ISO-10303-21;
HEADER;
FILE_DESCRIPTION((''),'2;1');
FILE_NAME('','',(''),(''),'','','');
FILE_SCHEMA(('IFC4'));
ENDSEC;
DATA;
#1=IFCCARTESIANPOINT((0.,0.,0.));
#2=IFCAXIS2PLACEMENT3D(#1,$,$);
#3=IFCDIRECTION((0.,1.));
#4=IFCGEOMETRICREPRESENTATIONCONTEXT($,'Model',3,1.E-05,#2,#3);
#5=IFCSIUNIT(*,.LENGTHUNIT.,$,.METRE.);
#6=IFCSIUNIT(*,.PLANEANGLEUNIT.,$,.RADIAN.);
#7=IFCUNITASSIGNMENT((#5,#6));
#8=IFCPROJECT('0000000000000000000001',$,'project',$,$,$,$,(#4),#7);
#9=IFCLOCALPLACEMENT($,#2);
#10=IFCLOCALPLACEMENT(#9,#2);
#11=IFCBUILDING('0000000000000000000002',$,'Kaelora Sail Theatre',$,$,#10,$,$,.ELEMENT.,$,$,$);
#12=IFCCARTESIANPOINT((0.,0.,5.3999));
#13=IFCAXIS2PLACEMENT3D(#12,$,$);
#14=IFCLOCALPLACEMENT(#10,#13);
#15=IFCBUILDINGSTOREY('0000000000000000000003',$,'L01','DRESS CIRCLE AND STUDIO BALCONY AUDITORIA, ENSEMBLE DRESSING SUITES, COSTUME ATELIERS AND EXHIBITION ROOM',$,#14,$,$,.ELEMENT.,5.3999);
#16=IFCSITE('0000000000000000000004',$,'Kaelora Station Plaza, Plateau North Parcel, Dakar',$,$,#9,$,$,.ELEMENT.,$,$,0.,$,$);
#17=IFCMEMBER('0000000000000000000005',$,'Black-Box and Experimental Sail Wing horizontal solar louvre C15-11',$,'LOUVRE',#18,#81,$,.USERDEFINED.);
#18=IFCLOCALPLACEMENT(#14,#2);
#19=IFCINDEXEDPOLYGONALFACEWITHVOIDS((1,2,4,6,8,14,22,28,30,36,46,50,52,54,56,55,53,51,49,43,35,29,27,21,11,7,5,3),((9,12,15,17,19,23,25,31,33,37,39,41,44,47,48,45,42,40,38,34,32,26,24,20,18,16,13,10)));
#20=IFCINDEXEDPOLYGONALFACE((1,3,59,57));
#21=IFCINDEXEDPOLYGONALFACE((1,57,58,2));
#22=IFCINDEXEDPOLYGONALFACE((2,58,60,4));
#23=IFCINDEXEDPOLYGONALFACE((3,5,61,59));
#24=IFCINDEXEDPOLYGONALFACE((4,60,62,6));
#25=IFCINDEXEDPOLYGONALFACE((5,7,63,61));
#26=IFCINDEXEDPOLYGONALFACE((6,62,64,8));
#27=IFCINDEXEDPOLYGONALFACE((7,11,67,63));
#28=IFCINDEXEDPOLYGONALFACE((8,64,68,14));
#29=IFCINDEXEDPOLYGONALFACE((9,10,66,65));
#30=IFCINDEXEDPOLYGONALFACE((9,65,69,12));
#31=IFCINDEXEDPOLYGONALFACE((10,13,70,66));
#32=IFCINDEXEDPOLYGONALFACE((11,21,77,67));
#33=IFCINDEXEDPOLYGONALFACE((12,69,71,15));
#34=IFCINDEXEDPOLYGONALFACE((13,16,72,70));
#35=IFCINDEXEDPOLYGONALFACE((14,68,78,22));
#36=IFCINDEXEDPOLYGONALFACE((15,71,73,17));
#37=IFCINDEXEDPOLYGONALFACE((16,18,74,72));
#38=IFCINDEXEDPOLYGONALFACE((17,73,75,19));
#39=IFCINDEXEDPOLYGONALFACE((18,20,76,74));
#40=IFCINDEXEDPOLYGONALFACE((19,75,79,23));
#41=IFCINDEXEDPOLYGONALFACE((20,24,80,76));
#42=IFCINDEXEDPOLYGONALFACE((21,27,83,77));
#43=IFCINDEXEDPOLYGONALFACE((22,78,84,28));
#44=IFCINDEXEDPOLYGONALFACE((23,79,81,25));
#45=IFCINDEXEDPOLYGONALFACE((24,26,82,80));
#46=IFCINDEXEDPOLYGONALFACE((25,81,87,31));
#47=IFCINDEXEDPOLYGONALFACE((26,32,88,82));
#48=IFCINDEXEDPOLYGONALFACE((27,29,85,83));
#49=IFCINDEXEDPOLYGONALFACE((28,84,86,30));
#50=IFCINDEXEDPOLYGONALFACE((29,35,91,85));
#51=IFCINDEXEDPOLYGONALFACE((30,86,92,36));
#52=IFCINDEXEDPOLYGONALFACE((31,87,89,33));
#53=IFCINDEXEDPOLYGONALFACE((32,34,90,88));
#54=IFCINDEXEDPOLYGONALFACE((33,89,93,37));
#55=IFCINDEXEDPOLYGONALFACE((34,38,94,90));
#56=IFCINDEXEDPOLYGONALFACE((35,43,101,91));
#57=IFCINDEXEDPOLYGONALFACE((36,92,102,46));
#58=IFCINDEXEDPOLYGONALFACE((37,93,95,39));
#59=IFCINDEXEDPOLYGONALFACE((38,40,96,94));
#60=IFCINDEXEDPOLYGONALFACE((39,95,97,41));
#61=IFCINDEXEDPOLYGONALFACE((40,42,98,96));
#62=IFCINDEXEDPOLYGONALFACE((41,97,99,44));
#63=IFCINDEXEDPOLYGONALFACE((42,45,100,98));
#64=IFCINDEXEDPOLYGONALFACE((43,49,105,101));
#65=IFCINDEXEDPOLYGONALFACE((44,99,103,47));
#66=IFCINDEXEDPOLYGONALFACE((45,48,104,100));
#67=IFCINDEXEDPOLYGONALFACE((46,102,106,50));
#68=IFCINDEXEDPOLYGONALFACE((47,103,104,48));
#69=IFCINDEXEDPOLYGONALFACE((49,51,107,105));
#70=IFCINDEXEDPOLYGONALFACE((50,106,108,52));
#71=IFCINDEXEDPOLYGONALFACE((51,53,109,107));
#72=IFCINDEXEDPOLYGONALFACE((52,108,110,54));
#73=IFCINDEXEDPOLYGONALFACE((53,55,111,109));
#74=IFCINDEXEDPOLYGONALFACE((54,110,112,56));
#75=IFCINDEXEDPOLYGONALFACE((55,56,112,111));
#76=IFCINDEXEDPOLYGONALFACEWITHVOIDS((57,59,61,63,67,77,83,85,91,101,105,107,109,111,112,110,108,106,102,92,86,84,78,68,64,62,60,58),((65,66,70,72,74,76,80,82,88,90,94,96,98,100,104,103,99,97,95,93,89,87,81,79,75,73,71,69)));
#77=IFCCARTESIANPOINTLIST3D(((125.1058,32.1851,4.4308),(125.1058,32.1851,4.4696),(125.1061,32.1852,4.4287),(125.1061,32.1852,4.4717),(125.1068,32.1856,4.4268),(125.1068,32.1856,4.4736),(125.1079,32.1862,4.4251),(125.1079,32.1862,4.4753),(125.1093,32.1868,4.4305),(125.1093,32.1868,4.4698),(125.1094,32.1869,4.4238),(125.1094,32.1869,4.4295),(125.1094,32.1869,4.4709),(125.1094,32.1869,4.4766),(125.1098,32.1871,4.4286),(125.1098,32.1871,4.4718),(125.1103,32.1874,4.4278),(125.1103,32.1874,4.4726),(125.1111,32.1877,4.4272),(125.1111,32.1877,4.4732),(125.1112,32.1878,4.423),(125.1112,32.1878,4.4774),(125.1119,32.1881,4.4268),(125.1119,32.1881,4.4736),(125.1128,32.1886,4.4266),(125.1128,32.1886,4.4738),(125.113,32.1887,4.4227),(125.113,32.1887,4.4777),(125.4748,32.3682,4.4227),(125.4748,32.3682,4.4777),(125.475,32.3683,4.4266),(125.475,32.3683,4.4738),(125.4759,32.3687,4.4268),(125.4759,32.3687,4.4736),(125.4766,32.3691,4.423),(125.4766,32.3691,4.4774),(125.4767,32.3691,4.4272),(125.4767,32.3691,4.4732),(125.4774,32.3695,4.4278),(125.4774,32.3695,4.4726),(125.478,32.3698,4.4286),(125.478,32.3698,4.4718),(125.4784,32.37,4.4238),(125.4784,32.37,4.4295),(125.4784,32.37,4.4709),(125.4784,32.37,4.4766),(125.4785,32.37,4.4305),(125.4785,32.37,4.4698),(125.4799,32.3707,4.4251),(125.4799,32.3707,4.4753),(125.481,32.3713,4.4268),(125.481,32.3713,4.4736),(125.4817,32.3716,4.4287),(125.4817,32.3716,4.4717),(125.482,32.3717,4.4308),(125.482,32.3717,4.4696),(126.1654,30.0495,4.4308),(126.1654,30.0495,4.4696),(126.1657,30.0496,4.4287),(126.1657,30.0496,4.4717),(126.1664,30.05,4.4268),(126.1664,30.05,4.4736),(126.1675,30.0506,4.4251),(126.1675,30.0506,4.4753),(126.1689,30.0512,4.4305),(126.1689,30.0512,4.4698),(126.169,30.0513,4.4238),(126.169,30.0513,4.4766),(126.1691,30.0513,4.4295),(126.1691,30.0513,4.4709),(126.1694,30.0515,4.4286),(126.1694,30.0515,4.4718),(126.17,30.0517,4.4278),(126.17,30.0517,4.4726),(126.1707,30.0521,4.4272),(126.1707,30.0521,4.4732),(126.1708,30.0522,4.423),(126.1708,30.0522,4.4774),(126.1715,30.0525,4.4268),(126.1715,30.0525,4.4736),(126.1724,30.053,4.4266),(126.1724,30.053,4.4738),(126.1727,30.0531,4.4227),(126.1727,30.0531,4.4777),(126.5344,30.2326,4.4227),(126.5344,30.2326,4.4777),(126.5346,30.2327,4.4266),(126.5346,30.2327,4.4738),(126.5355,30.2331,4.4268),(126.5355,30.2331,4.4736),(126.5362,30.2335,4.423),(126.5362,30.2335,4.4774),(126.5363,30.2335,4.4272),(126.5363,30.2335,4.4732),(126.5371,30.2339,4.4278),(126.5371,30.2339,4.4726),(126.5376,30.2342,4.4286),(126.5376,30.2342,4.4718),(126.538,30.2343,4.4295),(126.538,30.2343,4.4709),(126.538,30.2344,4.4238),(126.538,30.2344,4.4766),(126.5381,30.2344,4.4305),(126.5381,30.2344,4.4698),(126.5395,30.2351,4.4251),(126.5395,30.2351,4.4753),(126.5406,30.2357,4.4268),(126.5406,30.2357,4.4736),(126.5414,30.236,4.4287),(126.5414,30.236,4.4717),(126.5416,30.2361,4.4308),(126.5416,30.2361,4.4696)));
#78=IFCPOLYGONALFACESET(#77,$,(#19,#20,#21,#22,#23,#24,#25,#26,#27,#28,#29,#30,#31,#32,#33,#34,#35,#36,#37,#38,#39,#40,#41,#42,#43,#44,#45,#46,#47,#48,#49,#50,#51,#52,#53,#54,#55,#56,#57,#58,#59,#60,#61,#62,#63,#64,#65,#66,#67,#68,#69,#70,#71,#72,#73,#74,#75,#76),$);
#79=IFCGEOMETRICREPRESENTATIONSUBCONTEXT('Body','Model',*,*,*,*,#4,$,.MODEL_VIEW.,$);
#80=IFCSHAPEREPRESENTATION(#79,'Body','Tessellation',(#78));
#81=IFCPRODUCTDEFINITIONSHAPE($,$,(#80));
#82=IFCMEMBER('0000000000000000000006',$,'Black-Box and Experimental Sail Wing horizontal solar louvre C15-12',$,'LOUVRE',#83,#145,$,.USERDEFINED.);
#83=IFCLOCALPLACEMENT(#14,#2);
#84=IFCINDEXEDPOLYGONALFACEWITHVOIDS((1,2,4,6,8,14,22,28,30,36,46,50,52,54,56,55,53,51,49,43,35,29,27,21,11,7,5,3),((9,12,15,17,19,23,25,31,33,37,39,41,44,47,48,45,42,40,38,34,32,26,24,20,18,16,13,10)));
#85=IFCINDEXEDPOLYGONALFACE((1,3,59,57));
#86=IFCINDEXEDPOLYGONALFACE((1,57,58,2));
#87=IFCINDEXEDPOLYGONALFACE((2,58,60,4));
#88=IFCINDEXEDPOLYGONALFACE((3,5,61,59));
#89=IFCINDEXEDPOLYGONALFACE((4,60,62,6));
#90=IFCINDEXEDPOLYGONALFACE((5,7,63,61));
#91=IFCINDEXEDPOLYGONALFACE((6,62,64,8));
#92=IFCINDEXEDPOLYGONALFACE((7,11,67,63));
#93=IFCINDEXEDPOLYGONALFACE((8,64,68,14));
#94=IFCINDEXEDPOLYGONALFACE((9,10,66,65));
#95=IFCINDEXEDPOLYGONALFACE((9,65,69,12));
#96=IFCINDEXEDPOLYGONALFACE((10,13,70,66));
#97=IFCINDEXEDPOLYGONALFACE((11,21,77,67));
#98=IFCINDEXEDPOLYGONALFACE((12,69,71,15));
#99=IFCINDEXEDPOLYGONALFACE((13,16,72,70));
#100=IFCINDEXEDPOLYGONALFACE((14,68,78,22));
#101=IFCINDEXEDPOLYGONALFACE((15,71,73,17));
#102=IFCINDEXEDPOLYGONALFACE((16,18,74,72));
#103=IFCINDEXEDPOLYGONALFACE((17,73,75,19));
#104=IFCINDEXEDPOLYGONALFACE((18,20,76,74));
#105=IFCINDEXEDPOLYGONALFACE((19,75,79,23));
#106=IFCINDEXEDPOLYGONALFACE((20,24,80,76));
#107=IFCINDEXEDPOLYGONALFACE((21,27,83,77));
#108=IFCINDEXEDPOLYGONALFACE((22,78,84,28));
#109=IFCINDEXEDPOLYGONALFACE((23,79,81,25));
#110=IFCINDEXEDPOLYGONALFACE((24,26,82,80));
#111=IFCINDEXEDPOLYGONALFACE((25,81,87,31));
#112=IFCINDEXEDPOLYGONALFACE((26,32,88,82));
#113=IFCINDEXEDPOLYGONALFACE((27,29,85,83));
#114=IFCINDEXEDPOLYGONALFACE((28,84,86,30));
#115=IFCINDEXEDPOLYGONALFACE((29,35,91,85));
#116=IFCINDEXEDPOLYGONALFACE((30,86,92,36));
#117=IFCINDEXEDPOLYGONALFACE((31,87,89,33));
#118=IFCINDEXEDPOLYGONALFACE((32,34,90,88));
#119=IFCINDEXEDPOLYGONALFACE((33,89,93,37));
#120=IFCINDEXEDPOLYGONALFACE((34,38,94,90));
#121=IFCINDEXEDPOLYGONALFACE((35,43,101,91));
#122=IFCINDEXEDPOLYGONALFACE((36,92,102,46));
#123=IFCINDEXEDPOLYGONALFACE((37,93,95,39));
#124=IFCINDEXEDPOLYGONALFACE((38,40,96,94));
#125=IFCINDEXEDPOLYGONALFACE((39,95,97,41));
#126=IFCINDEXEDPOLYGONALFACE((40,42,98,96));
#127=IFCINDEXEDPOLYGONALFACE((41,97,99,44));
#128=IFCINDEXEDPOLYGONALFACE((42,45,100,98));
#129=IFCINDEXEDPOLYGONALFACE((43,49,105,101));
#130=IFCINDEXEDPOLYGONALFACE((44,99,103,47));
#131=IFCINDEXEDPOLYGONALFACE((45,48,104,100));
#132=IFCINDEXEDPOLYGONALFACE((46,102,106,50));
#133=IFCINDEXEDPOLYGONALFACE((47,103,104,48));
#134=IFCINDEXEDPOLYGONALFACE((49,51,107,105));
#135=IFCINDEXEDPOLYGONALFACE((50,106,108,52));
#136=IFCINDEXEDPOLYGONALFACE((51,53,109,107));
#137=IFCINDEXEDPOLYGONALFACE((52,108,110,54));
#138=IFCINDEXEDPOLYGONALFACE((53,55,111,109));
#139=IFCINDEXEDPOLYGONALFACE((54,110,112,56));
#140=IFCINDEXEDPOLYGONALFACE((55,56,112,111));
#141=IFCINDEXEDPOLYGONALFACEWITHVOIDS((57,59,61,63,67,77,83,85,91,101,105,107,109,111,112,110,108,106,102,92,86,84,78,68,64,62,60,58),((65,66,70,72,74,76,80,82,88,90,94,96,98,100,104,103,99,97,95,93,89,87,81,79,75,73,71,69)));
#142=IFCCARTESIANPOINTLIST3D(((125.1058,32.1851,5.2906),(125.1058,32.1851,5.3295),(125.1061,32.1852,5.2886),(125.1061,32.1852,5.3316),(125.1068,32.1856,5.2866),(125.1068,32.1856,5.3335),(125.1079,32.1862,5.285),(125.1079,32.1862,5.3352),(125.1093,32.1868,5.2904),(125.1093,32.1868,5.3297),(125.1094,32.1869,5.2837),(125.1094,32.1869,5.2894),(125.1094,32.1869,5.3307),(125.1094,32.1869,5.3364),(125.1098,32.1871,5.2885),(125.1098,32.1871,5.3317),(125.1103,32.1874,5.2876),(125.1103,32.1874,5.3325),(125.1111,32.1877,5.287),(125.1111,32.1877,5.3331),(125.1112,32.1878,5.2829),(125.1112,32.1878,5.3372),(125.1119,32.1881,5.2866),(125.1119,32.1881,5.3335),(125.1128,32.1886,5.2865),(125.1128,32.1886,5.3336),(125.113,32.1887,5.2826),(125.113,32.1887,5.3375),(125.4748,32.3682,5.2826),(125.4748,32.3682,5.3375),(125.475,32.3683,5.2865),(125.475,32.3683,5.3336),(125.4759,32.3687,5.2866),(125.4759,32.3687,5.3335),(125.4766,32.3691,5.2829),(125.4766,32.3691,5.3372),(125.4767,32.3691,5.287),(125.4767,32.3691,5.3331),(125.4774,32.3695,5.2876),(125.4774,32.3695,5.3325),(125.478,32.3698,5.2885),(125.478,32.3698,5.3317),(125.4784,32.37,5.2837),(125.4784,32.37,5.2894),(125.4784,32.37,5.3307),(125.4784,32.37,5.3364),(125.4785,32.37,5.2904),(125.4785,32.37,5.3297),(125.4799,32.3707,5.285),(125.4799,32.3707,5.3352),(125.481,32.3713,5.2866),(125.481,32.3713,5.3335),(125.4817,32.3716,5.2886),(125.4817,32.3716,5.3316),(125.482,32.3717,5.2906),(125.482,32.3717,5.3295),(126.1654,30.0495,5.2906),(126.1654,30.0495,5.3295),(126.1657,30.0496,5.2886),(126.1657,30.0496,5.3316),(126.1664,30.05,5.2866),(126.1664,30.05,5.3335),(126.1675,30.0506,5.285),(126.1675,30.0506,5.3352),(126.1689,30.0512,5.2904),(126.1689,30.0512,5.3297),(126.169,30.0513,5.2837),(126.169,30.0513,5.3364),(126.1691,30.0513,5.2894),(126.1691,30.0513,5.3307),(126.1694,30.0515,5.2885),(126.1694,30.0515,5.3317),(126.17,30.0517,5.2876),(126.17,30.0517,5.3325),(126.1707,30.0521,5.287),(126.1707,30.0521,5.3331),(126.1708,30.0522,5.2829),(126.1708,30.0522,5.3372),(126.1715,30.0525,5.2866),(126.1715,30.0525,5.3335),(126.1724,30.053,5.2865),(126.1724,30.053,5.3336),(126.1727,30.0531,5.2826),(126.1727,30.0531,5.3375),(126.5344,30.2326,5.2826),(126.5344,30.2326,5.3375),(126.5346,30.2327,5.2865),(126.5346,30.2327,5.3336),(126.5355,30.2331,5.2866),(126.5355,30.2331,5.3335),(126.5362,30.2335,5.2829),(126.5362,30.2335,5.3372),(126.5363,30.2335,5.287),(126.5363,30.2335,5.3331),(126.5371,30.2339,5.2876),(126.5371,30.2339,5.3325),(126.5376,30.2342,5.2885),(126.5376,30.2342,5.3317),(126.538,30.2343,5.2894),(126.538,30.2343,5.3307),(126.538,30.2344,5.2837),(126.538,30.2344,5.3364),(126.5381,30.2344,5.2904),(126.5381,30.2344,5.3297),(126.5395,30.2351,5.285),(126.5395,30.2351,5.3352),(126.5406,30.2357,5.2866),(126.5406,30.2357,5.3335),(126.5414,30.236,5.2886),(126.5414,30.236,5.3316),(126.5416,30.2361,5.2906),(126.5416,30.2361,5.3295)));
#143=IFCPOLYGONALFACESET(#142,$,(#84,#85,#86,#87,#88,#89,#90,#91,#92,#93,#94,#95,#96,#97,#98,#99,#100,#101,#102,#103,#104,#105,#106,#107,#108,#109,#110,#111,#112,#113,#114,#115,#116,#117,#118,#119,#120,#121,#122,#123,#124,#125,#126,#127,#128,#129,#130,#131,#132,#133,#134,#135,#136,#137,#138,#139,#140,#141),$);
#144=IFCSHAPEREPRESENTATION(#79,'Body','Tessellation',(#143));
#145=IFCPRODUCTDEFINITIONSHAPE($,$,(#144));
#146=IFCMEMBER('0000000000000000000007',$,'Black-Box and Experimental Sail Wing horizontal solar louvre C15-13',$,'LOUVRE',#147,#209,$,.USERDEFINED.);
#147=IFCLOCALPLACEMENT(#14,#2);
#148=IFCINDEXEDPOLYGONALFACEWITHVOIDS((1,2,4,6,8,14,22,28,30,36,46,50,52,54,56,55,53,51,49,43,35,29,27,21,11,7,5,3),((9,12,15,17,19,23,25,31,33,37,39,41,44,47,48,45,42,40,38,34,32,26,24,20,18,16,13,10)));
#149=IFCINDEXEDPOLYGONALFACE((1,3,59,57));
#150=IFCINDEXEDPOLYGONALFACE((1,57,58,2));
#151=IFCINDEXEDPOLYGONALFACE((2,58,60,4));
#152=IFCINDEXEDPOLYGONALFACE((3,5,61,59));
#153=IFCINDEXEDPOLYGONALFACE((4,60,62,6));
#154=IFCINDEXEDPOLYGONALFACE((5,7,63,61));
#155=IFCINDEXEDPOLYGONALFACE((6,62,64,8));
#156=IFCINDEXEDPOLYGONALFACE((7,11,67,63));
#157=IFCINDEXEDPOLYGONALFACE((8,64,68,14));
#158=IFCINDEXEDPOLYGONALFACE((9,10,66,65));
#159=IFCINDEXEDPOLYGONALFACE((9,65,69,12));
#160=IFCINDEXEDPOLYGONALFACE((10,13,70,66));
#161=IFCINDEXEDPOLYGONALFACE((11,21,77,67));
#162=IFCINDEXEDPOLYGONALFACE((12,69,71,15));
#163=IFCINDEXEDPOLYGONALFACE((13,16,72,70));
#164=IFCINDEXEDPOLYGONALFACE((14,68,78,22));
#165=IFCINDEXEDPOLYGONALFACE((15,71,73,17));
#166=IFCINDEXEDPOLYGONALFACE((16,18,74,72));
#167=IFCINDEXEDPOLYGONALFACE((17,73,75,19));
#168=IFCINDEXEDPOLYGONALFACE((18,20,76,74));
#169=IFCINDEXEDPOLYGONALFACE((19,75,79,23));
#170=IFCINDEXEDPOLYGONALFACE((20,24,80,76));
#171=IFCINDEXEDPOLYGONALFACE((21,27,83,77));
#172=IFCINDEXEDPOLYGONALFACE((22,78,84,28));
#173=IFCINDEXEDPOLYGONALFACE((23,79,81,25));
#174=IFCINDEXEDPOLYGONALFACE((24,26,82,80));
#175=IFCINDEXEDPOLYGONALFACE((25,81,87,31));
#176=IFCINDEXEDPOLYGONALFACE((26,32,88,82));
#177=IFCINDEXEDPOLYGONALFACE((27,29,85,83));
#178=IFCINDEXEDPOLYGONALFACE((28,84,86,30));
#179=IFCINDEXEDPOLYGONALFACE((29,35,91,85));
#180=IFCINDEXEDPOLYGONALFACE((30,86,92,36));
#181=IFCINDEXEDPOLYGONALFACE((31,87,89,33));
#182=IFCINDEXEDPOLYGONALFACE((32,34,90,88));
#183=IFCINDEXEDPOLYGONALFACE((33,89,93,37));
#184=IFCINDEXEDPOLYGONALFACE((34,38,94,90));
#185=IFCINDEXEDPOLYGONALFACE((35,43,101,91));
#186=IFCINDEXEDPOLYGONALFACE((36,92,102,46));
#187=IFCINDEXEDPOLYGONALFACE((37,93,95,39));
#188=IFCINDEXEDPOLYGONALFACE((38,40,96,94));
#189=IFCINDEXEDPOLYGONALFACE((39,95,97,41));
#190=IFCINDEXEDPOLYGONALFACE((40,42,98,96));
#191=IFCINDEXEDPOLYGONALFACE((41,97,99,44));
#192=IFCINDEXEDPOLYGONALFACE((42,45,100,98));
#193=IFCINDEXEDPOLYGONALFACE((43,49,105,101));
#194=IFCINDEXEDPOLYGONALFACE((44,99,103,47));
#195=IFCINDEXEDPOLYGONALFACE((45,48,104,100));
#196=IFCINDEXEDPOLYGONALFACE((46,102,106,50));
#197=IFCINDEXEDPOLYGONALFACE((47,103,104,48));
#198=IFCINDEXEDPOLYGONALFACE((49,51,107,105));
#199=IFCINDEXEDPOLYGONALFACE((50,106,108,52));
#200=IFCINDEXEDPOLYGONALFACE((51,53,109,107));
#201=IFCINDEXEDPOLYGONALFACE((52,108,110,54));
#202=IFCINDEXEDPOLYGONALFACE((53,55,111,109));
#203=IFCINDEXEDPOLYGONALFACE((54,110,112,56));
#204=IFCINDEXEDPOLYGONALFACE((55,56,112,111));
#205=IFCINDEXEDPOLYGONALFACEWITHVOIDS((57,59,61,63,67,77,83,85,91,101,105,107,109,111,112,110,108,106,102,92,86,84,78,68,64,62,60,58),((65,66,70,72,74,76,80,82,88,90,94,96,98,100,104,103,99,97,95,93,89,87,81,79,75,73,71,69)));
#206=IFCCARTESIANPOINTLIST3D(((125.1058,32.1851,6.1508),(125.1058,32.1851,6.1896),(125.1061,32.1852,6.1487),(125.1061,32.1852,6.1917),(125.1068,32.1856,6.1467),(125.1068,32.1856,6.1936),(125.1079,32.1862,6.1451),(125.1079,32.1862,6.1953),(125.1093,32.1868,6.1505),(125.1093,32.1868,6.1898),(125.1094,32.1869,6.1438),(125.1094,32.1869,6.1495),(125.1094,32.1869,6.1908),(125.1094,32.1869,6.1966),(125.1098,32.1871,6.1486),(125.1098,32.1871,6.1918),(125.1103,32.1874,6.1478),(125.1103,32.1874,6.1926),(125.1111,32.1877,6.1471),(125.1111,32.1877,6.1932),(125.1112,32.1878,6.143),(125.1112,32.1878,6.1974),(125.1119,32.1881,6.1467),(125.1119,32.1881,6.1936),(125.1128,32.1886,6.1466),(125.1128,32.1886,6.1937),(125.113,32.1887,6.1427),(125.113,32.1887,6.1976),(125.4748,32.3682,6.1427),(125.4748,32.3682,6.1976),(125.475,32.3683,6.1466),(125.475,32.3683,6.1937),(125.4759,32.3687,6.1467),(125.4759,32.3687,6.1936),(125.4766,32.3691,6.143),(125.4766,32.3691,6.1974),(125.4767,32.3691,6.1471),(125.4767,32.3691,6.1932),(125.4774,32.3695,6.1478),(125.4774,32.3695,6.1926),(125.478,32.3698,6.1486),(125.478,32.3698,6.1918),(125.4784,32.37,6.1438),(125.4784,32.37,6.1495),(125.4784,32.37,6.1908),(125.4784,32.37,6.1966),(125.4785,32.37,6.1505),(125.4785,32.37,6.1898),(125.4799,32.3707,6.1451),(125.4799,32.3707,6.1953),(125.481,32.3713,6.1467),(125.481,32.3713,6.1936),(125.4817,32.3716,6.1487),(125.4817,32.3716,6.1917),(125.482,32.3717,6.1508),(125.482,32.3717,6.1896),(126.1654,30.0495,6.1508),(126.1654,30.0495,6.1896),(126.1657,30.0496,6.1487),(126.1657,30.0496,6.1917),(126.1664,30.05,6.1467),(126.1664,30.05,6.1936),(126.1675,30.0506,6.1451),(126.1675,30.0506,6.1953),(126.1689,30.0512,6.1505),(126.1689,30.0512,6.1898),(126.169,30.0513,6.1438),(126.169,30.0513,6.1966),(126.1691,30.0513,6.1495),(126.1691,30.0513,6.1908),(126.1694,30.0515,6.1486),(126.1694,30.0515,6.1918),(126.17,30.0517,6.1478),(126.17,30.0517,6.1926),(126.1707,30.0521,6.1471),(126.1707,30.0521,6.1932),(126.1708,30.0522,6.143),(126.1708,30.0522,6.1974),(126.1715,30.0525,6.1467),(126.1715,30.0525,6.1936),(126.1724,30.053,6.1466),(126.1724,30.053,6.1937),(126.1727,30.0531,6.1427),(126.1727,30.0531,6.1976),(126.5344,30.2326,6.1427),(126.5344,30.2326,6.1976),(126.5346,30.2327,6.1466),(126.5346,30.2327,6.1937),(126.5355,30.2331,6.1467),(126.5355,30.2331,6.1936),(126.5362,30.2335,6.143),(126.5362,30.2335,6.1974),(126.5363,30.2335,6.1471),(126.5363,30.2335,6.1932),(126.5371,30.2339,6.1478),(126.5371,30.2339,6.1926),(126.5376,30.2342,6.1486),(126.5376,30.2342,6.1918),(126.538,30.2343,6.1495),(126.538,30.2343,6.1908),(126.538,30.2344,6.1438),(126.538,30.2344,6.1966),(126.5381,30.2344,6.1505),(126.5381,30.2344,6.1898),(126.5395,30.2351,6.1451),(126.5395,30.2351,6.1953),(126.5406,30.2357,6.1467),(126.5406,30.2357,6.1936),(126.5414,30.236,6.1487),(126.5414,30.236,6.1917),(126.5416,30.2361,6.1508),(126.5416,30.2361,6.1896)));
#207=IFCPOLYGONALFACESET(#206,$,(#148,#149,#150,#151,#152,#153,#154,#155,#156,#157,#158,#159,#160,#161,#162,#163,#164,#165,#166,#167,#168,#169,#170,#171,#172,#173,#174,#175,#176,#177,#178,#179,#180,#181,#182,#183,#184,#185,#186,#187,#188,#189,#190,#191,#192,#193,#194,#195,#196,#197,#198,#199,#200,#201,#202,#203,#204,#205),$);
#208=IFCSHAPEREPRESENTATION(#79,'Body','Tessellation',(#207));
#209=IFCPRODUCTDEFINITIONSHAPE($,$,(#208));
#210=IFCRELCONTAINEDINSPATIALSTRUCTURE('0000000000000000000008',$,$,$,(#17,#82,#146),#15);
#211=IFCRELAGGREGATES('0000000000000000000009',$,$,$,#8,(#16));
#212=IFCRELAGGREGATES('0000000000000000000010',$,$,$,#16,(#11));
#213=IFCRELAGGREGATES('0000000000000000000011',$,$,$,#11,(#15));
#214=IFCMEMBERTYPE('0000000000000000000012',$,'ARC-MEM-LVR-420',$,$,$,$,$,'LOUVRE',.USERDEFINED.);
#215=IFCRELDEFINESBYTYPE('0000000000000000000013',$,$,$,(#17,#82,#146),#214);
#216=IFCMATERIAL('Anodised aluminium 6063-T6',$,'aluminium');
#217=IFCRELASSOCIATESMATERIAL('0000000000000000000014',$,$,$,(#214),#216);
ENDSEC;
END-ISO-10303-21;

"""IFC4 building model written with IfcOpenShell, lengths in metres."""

from ifc_helpers import new_model, si_unit, direction, frame, origin, origin_2d, place, context, subcontext, project, spatial, hollow_rectangle, extrude, material, material_profile, profile_set, type_object, element, save


model = new_model("IFC4")

# Units and contexts
model_context = context("Model", 3, precision=1e-05, world=origin(), true_north=direction((0.0, 1.0)))
body_context = subcontext(model_context, "Body", "Model", "MODEL_VIEW")
ifc_project = project(units=[si_unit("LENGTHUNIT", "METRE"), si_unit("PLANEANGLEUNIT", "RADIAN")], contexts=[model_context])

# Site, building, storey
site_placement = place(None, origin())
site = spatial("IfcSite", under=ifc_project, at=site_placement, Name="Kaelora Station Plaza, Plateau North Parcel, Dakar", CompositionType="ELEMENT", RefElevation=0.0)
building_placement = place(site_placement, origin())
building = spatial("IfcBuilding", under=site, at=building_placement, Name="Kaelora Sail Theatre", CompositionType="ELEMENT")
storey_placement = place(building_placement, frame((0.0, 0.0, 5.3999)))
storey = spatial("IfcBuildingStorey", under=building, at=storey_placement, Name="L01", Description="DRESS CIRCLE AND STUDIO BALCONY AUDITORIA, ENSEMBLE DRESSING SUITES, COSTUME ATELIERS AND EXHIBITION ROOM", CompositionType="ELEMENT", Elevation=5.3999)

# Members
ifc_material = material(Name="Anodised aluminium 6063-T6", Category="aluminium")
ifc_material_profile = material_profile(ifc_material, hollow_rectangle(XDim=0.4199, YDim=0.0549, WallThickness=0.0039, InnerFilletRadius=0.0039, OuterFilletRadius=0.0081, at=origin_2d()), Name="LOUVRE 420x55x4")
ifc_profile_set = profile_set([ifc_material_profile], Name="Anodised aluminium 6063-T6")
member_type = type_object("IfcMemberType", Name="ARC-MEM-LVR-420", ElementType="LOUVRE", PredefinedType="USERDEFINED", material=ifc_profile_set)
for number, where, z_axis, x_axis, name in (
    (1, (126.3535, 30.1428, 4.4502), (-0.444467, 0.895795, 0.0), (-0.895795, -0.444467, 0.0), "Black-Box and Experimental Sail Wing horizontal solar louvre C15-11"),
    (2, (126.3535, 30.1428, 5.3101), (-0.444467, 0.895795, 0.0), (-0.895795, -0.444467, 0.0), "Black-Box and Experimental Sail Wing horizontal solar louvre C15-12"),
    (3, (126.3535, 30.1428, 6.1702), (-0.444467, 0.895795, 0.0), (-0.895795, -0.444467, 0.0), "Black-Box and Experimental Sail Wing horizontal solar louvre C15-13"),
):
    element("IfcMember", number, at=place(storey_placement, frame(where, z_axis=z_axis, x_axis=x_axis)), inside=storey, type_object=member_type, Name=name, ObjectType="LOUVRE", PredefinedType="USERDEFINED", context=body_context, shape_type="SweptSolid", body=[
        extrude(hollow_rectangle(XDim=0.4199, YDim=0.0549, WallThickness=0.0039, InnerFilletRadius=0.0039, OuterFilletRadius=0.0081, at=origin_2d()), origin(), (0.0, 0.0, 1.0), 2.384),
    ])

save(model, "model.ifc")
